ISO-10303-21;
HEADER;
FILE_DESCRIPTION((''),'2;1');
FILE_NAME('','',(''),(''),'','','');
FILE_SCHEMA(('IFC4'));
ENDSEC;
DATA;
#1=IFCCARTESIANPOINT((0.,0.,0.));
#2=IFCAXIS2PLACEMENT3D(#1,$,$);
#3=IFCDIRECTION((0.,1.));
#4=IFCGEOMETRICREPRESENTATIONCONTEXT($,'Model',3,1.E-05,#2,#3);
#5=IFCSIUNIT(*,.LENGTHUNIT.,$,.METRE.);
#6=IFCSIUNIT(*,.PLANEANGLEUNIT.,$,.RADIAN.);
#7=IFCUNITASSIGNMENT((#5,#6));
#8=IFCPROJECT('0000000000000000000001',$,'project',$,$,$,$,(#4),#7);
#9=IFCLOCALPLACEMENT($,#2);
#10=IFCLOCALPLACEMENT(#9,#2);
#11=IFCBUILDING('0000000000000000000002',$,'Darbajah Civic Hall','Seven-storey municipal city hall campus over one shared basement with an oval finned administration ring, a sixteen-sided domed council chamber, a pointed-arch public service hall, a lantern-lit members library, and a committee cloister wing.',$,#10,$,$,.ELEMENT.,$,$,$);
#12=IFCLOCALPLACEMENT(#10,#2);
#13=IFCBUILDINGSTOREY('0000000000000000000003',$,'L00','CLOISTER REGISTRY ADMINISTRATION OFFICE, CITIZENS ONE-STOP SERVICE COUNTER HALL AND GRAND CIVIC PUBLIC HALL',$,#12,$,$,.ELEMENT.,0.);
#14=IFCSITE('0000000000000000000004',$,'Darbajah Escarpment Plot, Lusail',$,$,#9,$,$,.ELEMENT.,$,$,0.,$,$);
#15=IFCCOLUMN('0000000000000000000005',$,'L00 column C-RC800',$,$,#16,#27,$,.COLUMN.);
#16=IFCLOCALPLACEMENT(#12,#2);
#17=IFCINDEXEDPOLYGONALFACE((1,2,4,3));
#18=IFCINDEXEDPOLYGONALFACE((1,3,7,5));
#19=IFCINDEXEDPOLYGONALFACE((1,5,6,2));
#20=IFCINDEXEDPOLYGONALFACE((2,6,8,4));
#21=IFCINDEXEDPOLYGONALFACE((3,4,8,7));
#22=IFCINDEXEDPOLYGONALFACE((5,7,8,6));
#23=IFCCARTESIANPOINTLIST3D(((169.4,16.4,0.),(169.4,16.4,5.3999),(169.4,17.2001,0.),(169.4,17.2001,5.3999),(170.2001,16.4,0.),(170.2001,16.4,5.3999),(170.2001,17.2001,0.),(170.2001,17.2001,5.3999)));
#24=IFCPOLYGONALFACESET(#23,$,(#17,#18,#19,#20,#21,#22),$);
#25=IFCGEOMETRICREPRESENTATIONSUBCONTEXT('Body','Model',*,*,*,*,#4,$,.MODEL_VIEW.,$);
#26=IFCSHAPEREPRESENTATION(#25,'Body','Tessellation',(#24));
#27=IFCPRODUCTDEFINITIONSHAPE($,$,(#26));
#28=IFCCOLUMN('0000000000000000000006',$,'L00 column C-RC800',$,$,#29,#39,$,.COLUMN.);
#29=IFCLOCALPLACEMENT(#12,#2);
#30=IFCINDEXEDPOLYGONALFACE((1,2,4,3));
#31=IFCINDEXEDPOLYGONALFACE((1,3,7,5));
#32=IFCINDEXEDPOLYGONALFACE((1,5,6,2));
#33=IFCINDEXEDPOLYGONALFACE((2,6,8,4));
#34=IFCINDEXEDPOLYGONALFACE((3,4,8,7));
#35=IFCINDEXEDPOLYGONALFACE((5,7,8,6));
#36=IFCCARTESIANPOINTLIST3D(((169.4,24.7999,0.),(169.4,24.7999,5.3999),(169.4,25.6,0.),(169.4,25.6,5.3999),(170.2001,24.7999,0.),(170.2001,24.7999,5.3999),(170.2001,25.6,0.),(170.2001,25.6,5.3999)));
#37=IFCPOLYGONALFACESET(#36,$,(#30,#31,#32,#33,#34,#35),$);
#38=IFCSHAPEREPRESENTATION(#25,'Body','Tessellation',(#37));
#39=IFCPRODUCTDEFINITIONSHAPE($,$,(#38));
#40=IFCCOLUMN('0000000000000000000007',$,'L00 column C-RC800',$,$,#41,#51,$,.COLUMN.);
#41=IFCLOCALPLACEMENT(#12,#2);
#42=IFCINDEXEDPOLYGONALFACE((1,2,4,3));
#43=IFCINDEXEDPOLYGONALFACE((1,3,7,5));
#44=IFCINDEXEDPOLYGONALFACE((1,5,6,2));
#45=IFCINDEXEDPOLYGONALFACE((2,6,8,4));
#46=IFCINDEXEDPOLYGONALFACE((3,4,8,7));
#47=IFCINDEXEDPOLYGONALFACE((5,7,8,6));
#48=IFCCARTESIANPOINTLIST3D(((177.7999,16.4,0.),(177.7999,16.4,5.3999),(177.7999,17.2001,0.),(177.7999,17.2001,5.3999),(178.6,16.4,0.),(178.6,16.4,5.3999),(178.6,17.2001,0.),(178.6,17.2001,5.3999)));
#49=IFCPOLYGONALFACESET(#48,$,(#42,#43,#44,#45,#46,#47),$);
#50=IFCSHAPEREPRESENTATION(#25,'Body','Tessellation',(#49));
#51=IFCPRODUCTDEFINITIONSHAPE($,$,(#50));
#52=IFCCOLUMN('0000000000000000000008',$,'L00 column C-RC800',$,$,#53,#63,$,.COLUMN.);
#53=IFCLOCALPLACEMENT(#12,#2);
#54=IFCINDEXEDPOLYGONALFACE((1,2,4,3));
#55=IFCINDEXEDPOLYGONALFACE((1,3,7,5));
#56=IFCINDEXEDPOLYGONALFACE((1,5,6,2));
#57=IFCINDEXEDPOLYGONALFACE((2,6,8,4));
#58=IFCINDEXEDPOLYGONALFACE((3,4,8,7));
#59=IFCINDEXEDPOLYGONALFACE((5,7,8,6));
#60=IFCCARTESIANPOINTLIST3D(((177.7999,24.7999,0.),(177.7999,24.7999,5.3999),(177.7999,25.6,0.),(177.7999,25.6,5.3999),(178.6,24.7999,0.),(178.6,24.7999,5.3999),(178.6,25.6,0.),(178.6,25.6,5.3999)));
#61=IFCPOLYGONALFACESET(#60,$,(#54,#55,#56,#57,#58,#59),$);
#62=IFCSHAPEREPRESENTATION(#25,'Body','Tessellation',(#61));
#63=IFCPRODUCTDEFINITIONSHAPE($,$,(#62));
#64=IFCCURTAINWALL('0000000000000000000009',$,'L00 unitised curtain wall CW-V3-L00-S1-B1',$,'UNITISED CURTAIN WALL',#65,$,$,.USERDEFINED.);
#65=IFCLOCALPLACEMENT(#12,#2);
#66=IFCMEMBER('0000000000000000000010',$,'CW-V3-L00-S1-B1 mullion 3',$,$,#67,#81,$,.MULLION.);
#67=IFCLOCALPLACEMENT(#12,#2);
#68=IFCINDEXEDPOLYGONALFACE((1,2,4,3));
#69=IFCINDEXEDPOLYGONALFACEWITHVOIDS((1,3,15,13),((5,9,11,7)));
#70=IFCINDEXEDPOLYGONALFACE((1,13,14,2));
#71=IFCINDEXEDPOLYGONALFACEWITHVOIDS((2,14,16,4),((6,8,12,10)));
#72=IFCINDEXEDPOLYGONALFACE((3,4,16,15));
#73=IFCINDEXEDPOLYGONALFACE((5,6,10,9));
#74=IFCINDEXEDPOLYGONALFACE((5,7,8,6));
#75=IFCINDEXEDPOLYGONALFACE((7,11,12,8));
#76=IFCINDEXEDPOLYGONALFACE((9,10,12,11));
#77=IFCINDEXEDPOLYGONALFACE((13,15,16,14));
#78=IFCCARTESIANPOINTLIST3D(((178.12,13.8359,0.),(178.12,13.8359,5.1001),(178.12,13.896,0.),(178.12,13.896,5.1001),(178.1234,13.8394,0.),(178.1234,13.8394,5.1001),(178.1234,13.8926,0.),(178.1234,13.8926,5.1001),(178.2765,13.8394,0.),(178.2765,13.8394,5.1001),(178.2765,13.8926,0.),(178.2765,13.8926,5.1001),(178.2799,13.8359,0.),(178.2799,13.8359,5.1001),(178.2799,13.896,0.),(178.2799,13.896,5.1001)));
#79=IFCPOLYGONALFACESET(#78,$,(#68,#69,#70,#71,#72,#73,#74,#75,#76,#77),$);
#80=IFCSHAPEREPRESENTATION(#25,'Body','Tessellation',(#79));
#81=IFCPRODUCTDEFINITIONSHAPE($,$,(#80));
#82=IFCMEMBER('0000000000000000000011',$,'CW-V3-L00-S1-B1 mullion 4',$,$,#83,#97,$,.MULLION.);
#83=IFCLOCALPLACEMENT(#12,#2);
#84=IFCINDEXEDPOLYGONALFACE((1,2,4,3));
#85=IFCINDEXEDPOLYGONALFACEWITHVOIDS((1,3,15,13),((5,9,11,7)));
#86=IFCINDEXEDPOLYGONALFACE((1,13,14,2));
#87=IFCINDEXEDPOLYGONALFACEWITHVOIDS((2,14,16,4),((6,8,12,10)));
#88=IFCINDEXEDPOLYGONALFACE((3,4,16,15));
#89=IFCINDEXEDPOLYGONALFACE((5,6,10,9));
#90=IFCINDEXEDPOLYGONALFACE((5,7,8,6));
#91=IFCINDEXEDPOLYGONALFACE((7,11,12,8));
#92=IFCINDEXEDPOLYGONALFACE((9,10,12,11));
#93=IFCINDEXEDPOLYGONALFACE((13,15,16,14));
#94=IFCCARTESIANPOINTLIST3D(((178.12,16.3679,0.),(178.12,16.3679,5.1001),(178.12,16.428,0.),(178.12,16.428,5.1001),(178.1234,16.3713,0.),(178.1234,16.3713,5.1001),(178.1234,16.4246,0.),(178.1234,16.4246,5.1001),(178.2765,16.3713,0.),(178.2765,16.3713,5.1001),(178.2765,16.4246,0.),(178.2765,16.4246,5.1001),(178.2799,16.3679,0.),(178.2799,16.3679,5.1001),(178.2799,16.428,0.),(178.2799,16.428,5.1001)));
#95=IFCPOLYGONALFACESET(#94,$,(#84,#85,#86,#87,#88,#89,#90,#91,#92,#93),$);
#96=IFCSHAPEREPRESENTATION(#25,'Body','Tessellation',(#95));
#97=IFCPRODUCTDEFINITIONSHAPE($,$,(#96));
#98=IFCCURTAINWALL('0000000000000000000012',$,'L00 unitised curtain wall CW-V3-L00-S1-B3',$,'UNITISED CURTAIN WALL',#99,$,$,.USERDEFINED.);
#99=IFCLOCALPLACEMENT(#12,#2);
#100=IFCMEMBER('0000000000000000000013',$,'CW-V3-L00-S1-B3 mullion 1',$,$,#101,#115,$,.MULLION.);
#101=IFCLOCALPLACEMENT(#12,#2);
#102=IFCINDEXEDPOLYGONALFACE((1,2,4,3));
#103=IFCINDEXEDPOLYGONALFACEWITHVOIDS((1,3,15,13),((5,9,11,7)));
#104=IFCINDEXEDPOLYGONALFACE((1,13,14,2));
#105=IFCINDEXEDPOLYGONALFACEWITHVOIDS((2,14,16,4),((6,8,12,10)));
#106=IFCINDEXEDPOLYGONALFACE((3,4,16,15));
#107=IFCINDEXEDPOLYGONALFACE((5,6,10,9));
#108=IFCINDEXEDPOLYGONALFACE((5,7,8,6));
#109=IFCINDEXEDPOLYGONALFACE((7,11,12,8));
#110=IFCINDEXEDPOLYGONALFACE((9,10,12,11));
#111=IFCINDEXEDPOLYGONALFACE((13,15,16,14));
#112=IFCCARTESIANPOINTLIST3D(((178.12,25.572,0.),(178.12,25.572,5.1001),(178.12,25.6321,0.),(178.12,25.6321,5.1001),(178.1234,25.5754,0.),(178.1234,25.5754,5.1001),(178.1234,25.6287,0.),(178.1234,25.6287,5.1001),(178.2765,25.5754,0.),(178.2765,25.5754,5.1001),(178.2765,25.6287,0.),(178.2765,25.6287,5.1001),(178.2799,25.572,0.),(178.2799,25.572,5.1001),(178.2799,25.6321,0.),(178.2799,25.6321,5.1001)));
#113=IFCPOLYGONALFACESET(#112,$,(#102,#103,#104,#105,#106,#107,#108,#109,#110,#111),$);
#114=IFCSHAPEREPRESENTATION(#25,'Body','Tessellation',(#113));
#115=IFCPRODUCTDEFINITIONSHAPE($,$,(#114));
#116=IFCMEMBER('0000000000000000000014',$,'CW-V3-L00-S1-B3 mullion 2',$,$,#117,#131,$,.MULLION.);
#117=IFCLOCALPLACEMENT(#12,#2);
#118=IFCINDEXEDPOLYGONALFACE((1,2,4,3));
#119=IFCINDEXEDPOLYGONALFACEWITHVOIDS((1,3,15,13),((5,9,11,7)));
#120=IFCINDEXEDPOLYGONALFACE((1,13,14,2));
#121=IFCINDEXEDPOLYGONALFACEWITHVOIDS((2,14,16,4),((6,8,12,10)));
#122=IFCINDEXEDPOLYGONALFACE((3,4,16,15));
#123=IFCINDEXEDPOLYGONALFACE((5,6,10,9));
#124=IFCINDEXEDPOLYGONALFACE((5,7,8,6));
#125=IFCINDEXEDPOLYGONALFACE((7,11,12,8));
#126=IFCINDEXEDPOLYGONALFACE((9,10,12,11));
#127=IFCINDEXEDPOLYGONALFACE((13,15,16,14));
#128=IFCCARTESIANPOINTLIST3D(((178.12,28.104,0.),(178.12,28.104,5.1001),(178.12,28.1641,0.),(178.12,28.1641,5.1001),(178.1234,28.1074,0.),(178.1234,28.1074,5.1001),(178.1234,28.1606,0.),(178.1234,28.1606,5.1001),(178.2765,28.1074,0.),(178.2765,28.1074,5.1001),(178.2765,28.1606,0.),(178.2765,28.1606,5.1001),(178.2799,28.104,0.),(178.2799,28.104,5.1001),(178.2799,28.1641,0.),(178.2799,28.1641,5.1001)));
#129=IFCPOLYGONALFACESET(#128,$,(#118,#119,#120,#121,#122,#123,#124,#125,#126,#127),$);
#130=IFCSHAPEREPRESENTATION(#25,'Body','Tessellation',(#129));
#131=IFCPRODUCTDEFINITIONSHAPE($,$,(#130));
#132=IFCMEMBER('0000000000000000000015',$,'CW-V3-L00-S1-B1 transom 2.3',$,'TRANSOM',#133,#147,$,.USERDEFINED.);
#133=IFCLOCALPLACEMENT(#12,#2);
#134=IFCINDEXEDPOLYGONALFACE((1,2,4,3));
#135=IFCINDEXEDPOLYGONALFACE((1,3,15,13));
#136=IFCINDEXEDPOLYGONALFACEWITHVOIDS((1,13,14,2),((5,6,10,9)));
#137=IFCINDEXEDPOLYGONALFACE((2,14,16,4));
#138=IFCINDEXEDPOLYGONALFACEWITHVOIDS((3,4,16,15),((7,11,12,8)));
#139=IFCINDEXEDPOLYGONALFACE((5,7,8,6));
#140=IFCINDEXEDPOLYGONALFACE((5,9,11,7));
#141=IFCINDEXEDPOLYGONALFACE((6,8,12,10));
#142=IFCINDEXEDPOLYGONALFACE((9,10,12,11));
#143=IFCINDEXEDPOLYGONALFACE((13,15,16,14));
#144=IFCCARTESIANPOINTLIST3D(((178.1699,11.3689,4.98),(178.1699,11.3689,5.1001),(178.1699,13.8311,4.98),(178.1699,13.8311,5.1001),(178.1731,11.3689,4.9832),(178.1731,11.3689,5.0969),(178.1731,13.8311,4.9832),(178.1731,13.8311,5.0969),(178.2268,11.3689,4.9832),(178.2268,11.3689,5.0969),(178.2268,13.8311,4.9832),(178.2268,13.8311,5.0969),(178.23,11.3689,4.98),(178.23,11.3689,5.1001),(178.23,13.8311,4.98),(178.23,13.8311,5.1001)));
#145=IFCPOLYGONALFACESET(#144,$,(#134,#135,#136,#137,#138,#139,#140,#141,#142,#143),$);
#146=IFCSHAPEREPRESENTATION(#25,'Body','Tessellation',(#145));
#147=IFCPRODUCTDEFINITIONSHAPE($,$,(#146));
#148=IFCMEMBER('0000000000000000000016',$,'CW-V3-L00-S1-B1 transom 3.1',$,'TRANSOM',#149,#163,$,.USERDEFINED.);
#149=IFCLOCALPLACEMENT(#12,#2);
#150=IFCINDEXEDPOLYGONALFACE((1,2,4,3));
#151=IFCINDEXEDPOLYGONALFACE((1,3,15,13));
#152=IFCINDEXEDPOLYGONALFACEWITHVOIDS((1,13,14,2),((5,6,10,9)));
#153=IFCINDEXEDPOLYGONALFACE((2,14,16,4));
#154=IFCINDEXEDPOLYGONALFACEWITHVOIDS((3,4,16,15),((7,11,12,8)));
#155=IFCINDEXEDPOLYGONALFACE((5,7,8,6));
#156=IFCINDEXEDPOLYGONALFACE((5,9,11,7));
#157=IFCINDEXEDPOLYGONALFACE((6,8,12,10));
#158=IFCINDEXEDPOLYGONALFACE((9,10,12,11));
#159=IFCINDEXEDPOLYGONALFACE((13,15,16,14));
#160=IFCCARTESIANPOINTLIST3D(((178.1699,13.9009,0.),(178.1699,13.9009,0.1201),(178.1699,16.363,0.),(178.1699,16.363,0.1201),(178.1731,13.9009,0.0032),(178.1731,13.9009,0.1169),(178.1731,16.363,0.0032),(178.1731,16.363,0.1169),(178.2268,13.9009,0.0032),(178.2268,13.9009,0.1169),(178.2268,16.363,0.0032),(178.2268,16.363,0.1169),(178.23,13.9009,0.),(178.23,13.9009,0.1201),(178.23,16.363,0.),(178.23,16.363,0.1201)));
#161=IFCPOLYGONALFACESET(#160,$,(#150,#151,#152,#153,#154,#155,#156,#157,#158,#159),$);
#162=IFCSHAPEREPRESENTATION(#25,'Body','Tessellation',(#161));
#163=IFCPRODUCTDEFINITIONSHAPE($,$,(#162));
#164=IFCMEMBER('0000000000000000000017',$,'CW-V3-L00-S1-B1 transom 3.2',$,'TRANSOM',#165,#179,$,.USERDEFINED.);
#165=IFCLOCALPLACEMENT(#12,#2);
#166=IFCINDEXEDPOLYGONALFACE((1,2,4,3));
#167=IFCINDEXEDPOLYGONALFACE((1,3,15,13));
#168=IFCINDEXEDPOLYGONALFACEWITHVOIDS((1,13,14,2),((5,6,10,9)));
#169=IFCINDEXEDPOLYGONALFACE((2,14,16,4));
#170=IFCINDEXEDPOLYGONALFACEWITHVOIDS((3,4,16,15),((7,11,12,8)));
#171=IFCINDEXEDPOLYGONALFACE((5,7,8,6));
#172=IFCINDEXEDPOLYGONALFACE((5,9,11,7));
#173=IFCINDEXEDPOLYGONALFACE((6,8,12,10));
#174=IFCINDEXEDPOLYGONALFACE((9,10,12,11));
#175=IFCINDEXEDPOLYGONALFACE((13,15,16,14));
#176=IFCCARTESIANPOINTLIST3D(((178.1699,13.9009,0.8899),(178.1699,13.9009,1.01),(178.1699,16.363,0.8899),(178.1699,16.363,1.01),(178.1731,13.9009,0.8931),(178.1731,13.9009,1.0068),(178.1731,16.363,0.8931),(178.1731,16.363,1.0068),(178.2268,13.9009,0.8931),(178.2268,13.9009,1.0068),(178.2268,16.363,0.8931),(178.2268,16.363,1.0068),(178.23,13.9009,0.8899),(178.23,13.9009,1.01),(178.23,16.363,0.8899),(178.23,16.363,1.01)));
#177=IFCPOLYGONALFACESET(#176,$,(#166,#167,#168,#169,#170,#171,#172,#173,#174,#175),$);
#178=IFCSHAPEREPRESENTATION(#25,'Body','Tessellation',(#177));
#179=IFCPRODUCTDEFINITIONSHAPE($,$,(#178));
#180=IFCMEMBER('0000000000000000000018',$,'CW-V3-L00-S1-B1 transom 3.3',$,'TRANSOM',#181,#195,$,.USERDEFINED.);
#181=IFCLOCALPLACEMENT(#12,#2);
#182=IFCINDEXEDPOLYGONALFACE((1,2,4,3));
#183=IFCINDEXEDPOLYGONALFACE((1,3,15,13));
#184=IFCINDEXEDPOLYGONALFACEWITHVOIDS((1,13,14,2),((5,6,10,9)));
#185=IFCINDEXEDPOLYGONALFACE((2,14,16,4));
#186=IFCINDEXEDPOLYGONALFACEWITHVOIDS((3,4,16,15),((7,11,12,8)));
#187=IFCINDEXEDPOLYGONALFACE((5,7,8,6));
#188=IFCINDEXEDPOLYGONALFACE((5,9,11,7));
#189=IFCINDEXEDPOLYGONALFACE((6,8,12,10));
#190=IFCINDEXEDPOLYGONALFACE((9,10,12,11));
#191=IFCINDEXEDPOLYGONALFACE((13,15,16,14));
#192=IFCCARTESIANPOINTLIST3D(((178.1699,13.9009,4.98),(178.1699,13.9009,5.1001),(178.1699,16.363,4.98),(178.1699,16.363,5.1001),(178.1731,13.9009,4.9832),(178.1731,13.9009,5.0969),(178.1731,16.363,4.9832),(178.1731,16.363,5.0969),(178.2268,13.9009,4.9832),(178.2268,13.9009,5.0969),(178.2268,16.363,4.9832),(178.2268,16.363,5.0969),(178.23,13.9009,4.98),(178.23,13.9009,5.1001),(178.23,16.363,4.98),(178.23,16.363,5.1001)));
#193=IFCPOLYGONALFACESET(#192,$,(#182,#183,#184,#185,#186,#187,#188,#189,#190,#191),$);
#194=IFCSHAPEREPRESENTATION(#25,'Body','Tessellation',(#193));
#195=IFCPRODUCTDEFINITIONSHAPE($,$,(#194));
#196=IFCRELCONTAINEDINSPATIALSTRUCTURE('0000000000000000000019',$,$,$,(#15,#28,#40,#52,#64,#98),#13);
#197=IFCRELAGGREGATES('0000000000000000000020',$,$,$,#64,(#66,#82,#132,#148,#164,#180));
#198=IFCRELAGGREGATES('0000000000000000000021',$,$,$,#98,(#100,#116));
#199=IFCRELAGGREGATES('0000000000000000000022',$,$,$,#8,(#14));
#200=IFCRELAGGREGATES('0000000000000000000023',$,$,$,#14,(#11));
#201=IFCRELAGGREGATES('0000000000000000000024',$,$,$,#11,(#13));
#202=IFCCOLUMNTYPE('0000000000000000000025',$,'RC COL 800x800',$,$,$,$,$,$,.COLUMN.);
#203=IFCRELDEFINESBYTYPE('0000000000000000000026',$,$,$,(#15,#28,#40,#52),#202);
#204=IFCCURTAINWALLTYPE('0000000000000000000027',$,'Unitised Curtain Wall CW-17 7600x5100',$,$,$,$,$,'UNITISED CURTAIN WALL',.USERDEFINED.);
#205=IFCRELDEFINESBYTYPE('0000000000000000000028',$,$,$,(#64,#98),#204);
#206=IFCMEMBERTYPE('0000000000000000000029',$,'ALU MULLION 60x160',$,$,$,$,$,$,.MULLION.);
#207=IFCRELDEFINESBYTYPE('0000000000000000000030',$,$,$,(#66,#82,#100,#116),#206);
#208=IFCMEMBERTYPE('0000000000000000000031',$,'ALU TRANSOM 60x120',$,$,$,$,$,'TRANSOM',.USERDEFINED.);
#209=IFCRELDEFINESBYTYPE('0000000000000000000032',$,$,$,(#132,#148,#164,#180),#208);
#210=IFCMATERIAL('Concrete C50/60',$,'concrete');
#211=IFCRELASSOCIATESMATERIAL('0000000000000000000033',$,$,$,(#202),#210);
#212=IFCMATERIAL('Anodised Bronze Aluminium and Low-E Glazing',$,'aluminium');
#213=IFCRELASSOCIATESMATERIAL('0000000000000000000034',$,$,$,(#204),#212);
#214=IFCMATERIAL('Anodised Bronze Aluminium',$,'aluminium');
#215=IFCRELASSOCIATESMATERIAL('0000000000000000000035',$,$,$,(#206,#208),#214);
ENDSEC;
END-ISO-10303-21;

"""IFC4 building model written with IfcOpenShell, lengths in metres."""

from ifc_helpers import new_model, si_unit, direction, frame, origin, origin_2d, place, context, subcontext, project, spatial, rectangle, hollow_rectangle, extrude, material, material_profile, profile_set, type_object, element, aggregate, save


model = new_model("IFC4")

# Units and contexts
model_context = context("Model", 3, precision=1e-05, world=origin(), true_north=direction((0.0, 1.0)))
body_context = subcontext(model_context, "Body", "Model", "MODEL_VIEW")
ifc_project = project(units=[si_unit("LENGTHUNIT", "METRE"), si_unit("PLANEANGLEUNIT", "RADIAN")], contexts=[model_context])

# Site, building, storey
site_placement = place(None, origin())
site = spatial("IfcSite", under=ifc_project, at=site_placement, Name="Darbajah Escarpment Plot, Lusail", CompositionType="ELEMENT", RefElevation=0.0)
building_placement = place(site_placement, origin())
building = spatial("IfcBuilding", under=site, at=building_placement, Name="Darbajah Civic Hall", Description="Seven-storey municipal city hall campus over one shared basement with an oval finned administration ring, a sixteen-sided domed council chamber, a pointed-arch public service hall, a lantern-lit members library, and a committee cloister wing.", CompositionType="ELEMENT")
storey_placement = place(building_placement, origin())
storey = spatial("IfcBuildingStorey", under=building, at=storey_placement, Name="L00", Description="CLOISTER REGISTRY ADMINISTRATION OFFICE, CITIZENS ONE-STOP SERVICE COUNTER HALL AND GRAND CIVIC PUBLIC HALL", CompositionType="ELEMENT", Elevation=0.0)

# Columns
ifc_material_1 = material(Name="Concrete C50/60", Category="concrete")
ifc_material_profile_1 = material_profile(ifc_material_1, rectangle(XDim=0.8, YDim=0.8, at=origin_2d()), Name="RC COL 800x800")
ifc_profile_set_1 = profile_set([ifc_material_profile_1], Name="Concrete C50/60")
column_type = type_object("IfcColumnType", Name="RC COL 800x800", PredefinedType="COLUMN", material=ifc_profile_set_1)
for number, where, z_axis, x_axis, name in (
    (1, (169.8, 16.8, 0.0), (0.0, 0.0, 1.0), (1.0, 0.0, 0.0), "L00 column C-RC800"),
    (2, (169.8, 25.2, 0.0), (0.0, 0.0, 1.0), (1.0, 0.0, 0.0), "L00 column C-RC800"),
    (3, (178.2, 16.8, 0.0), (0.0, 0.0, 1.0), (1.0, 0.0, 0.0), "L00 column C-RC800"),
    (4, (178.2, 25.2, 0.0), (0.0, 0.0, 1.0), (1.0, 0.0, 0.0), "L00 column C-RC800"),
):
    element("IfcColumn", number, at=place(storey_placement, frame(where, z_axis=z_axis, x_axis=x_axis)), inside=storey, type_object=column_type, Name=name, PredefinedType="COLUMN", context=body_context, shape_type="SweptSolid", body=[
        extrude(rectangle(XDim=0.8, YDim=0.8, at=origin_2d()), origin(), (0.0, 0.0, 1.0), 5.3999),
    ])

# Curtain walls, members
ifc_material_2 = material(Name="Anodised Bronze Aluminium and Low-E Glazing", Category="aluminium")
curtain_wall_type = type_object("IfcCurtainWallType", Name="Unitised Curtain Wall CW-17 7600x5100", ElementType="UNITISED CURTAIN WALL", PredefinedType="USERDEFINED", material=ifc_material_2)
curtain_wall_1_placement = place(storey_placement, origin())
curtain_wall_1 = element("IfcCurtainWall", 5, at=curtain_wall_1_placement, inside=storey, type_object=curtain_wall_type, Name="L00 unitised curtain wall CW-V3-L00-S1-B1", ObjectType="UNITISED CURTAIN WALL", PredefinedType="USERDEFINED")
ifc_material_3 = material(Name="Anodised Bronze Aluminium", Category="aluminium")
ifc_material_profile_2 = material_profile(ifc_material_3, hollow_rectangle(XDim=0.0601, YDim=0.1599, WallThickness=0.0034, at=origin_2d()), Name="ALU MULLION 60x160")
ifc_profile_set_2 = profile_set([ifc_material_profile_2], Name="Anodised Bronze Aluminium")
member_type_1 = type_object("IfcMemberType", Name="ALU MULLION 60x160", PredefinedType="MULLION", material=ifc_profile_set_2)
member_1_placement = place(storey_placement, frame((178.2, 13.866, 0.0), z_axis=(0.0, 0.0, 1.0), x_axis=(0.0, 1.0, 0.0)))
member_1 = element("IfcMember", 6, at=member_1_placement, type_object=member_type_1, Name="CW-V3-L00-S1-B1 mullion 3", PredefinedType="MULLION", context=body_context, shape_type="SweptSolid", body=[
    extrude(hollow_rectangle(XDim=0.0601, YDim=0.1599, WallThickness=0.0034, at=origin_2d()), origin(), (0.0, 0.0, 1.0), 5.1001),
])
member_2_placement = place(storey_placement, frame((178.2, 16.3979, 0.0), z_axis=(0.0, 0.0, 1.0), x_axis=(0.0, 1.0, 0.0)))
member_2 = element("IfcMember", 7, at=member_2_placement, type_object=member_type_1, Name="CW-V3-L00-S1-B1 mullion 4", PredefinedType="MULLION", context=body_context, shape_type="SweptSolid", body=[
    extrude(hollow_rectangle(XDim=0.0601, YDim=0.1599, WallThickness=0.0034, at=origin_2d()), origin(), (0.0, 0.0, 1.0), 5.1001),
])
curtain_wall_2_placement = place(storey_placement, origin())
curtain_wall_2 = element("IfcCurtainWall", 8, at=curtain_wall_2_placement, inside=storey, type_object=curtain_wall_type, Name="L00 unitised curtain wall CW-V3-L00-S1-B3", ObjectType="UNITISED CURTAIN WALL", PredefinedType="USERDEFINED")
member_3_placement = place(storey_placement, frame((178.2, 25.6021, 0.0), z_axis=(0.0, 0.0, 1.0), x_axis=(0.0, 1.0, 0.0)))
member_3 = element("IfcMember", 9, at=member_3_placement, type_object=member_type_1, Name="CW-V3-L00-S1-B3 mullion 1", PredefinedType="MULLION", context=body_context, shape_type="SweptSolid", body=[
    extrude(hollow_rectangle(XDim=0.0601, YDim=0.1599, WallThickness=0.0034, at=origin_2d()), origin(), (0.0, 0.0, 1.0), 5.1001),
])
member_4_placement = place(storey_placement, frame((178.2, 28.134, 0.0), z_axis=(0.0, 0.0, 1.0), x_axis=(0.0, 1.0, 0.0)))
member_4 = element("IfcMember", 10, at=member_4_placement, type_object=member_type_1, Name="CW-V3-L00-S1-B3 mullion 2", PredefinedType="MULLION", context=body_context, shape_type="SweptSolid", body=[
    extrude(hollow_rectangle(XDim=0.0601, YDim=0.1599, WallThickness=0.0034, at=origin_2d()), origin(), (0.0, 0.0, 1.0), 5.1001),
])

# Members
ifc_material_profile_3 = material_profile(ifc_material_3, hollow_rectangle(XDim=0.0601, YDim=0.1201, WallThickness=0.0032, at=origin_2d()), Name="ALU TRANSOM 60x120")
ifc_profile_set_3 = profile_set([ifc_material_profile_3], Name="Anodised Bronze Aluminium")
member_type_2 = type_object("IfcMemberType", Name="ALU TRANSOM 60x120", ElementType="TRANSOM", PredefinedType="USERDEFINED", material=ifc_profile_set_3)
member_5_placement = place(storey_placement, frame((178.2, 11.3689, 5.04), z_axis=(0.0, 1.0, 0.0), x_axis=(-1.0, 0.0, 0.0)))
member_5 = element("IfcMember", 11, at=member_5_placement, type_object=member_type_2, Name="CW-V3-L00-S1-B1 transom 2.3", ObjectType="TRANSOM", PredefinedType="USERDEFINED", context=body_context, shape_type="SweptSolid", body=[
    extrude(hollow_rectangle(XDim=0.0601, YDim=0.1201, WallThickness=0.0032, at=origin_2d()), origin(), (0.0, 0.0, 1.0), 2.4622),
])
member_6_placement = place(storey_placement, frame((178.2, 13.9009, 0.0601), z_axis=(0.0, 1.0, 0.0), x_axis=(-1.0, 0.0, 0.0)))
member_6 = element("IfcMember", 12, at=member_6_placement, type_object=member_type_2, Name="CW-V3-L00-S1-B1 transom 3.1", ObjectType="TRANSOM", PredefinedType="USERDEFINED", context=body_context, shape_type="SweptSolid", body=[
    extrude(hollow_rectangle(XDim=0.0601, YDim=0.1201, WallThickness=0.0032, at=origin_2d()), origin(), (0.0, 0.0, 1.0), 2.4622),
])
member_7_placement = place(storey_placement, frame((178.2, 13.9009, 0.95), z_axis=(0.0, 1.0, 0.0), x_axis=(-1.0, 0.0, 0.0)))
member_7 = element("IfcMember", 13, at=member_7_placement, type_object=member_type_2, Name="CW-V3-L00-S1-B1 transom 3.2", ObjectType="TRANSOM", PredefinedType="USERDEFINED", context=body_context, shape_type="SweptSolid", body=[
    extrude(hollow_rectangle(XDim=0.0601, YDim=0.1201, WallThickness=0.0032, at=origin_2d()), origin(), (0.0, 0.0, 1.0), 2.4622),
])
member_8_placement = place(storey_placement, frame((178.2, 13.9009, 5.04), z_axis=(0.0, 1.0, 0.0), x_axis=(-1.0, 0.0, 0.0)))
member_8 = element("IfcMember", 14, at=member_8_placement, type_object=member_type_2, Name="CW-V3-L00-S1-B1 transom 3.3", ObjectType="TRANSOM", PredefinedType="USERDEFINED", context=body_context, shape_type="SweptSolid", body=[
    extrude(hollow_rectangle(XDim=0.0601, YDim=0.1201, WallThickness=0.0032, at=origin_2d()), origin(), (0.0, 0.0, 1.0), 2.4622),
])

aggregate(curtain_wall_1, [member_1, member_2, member_5, member_6, member_7, member_8])
aggregate(curtain_wall_2, [member_3, member_4])

save(model, "model.ifc")
